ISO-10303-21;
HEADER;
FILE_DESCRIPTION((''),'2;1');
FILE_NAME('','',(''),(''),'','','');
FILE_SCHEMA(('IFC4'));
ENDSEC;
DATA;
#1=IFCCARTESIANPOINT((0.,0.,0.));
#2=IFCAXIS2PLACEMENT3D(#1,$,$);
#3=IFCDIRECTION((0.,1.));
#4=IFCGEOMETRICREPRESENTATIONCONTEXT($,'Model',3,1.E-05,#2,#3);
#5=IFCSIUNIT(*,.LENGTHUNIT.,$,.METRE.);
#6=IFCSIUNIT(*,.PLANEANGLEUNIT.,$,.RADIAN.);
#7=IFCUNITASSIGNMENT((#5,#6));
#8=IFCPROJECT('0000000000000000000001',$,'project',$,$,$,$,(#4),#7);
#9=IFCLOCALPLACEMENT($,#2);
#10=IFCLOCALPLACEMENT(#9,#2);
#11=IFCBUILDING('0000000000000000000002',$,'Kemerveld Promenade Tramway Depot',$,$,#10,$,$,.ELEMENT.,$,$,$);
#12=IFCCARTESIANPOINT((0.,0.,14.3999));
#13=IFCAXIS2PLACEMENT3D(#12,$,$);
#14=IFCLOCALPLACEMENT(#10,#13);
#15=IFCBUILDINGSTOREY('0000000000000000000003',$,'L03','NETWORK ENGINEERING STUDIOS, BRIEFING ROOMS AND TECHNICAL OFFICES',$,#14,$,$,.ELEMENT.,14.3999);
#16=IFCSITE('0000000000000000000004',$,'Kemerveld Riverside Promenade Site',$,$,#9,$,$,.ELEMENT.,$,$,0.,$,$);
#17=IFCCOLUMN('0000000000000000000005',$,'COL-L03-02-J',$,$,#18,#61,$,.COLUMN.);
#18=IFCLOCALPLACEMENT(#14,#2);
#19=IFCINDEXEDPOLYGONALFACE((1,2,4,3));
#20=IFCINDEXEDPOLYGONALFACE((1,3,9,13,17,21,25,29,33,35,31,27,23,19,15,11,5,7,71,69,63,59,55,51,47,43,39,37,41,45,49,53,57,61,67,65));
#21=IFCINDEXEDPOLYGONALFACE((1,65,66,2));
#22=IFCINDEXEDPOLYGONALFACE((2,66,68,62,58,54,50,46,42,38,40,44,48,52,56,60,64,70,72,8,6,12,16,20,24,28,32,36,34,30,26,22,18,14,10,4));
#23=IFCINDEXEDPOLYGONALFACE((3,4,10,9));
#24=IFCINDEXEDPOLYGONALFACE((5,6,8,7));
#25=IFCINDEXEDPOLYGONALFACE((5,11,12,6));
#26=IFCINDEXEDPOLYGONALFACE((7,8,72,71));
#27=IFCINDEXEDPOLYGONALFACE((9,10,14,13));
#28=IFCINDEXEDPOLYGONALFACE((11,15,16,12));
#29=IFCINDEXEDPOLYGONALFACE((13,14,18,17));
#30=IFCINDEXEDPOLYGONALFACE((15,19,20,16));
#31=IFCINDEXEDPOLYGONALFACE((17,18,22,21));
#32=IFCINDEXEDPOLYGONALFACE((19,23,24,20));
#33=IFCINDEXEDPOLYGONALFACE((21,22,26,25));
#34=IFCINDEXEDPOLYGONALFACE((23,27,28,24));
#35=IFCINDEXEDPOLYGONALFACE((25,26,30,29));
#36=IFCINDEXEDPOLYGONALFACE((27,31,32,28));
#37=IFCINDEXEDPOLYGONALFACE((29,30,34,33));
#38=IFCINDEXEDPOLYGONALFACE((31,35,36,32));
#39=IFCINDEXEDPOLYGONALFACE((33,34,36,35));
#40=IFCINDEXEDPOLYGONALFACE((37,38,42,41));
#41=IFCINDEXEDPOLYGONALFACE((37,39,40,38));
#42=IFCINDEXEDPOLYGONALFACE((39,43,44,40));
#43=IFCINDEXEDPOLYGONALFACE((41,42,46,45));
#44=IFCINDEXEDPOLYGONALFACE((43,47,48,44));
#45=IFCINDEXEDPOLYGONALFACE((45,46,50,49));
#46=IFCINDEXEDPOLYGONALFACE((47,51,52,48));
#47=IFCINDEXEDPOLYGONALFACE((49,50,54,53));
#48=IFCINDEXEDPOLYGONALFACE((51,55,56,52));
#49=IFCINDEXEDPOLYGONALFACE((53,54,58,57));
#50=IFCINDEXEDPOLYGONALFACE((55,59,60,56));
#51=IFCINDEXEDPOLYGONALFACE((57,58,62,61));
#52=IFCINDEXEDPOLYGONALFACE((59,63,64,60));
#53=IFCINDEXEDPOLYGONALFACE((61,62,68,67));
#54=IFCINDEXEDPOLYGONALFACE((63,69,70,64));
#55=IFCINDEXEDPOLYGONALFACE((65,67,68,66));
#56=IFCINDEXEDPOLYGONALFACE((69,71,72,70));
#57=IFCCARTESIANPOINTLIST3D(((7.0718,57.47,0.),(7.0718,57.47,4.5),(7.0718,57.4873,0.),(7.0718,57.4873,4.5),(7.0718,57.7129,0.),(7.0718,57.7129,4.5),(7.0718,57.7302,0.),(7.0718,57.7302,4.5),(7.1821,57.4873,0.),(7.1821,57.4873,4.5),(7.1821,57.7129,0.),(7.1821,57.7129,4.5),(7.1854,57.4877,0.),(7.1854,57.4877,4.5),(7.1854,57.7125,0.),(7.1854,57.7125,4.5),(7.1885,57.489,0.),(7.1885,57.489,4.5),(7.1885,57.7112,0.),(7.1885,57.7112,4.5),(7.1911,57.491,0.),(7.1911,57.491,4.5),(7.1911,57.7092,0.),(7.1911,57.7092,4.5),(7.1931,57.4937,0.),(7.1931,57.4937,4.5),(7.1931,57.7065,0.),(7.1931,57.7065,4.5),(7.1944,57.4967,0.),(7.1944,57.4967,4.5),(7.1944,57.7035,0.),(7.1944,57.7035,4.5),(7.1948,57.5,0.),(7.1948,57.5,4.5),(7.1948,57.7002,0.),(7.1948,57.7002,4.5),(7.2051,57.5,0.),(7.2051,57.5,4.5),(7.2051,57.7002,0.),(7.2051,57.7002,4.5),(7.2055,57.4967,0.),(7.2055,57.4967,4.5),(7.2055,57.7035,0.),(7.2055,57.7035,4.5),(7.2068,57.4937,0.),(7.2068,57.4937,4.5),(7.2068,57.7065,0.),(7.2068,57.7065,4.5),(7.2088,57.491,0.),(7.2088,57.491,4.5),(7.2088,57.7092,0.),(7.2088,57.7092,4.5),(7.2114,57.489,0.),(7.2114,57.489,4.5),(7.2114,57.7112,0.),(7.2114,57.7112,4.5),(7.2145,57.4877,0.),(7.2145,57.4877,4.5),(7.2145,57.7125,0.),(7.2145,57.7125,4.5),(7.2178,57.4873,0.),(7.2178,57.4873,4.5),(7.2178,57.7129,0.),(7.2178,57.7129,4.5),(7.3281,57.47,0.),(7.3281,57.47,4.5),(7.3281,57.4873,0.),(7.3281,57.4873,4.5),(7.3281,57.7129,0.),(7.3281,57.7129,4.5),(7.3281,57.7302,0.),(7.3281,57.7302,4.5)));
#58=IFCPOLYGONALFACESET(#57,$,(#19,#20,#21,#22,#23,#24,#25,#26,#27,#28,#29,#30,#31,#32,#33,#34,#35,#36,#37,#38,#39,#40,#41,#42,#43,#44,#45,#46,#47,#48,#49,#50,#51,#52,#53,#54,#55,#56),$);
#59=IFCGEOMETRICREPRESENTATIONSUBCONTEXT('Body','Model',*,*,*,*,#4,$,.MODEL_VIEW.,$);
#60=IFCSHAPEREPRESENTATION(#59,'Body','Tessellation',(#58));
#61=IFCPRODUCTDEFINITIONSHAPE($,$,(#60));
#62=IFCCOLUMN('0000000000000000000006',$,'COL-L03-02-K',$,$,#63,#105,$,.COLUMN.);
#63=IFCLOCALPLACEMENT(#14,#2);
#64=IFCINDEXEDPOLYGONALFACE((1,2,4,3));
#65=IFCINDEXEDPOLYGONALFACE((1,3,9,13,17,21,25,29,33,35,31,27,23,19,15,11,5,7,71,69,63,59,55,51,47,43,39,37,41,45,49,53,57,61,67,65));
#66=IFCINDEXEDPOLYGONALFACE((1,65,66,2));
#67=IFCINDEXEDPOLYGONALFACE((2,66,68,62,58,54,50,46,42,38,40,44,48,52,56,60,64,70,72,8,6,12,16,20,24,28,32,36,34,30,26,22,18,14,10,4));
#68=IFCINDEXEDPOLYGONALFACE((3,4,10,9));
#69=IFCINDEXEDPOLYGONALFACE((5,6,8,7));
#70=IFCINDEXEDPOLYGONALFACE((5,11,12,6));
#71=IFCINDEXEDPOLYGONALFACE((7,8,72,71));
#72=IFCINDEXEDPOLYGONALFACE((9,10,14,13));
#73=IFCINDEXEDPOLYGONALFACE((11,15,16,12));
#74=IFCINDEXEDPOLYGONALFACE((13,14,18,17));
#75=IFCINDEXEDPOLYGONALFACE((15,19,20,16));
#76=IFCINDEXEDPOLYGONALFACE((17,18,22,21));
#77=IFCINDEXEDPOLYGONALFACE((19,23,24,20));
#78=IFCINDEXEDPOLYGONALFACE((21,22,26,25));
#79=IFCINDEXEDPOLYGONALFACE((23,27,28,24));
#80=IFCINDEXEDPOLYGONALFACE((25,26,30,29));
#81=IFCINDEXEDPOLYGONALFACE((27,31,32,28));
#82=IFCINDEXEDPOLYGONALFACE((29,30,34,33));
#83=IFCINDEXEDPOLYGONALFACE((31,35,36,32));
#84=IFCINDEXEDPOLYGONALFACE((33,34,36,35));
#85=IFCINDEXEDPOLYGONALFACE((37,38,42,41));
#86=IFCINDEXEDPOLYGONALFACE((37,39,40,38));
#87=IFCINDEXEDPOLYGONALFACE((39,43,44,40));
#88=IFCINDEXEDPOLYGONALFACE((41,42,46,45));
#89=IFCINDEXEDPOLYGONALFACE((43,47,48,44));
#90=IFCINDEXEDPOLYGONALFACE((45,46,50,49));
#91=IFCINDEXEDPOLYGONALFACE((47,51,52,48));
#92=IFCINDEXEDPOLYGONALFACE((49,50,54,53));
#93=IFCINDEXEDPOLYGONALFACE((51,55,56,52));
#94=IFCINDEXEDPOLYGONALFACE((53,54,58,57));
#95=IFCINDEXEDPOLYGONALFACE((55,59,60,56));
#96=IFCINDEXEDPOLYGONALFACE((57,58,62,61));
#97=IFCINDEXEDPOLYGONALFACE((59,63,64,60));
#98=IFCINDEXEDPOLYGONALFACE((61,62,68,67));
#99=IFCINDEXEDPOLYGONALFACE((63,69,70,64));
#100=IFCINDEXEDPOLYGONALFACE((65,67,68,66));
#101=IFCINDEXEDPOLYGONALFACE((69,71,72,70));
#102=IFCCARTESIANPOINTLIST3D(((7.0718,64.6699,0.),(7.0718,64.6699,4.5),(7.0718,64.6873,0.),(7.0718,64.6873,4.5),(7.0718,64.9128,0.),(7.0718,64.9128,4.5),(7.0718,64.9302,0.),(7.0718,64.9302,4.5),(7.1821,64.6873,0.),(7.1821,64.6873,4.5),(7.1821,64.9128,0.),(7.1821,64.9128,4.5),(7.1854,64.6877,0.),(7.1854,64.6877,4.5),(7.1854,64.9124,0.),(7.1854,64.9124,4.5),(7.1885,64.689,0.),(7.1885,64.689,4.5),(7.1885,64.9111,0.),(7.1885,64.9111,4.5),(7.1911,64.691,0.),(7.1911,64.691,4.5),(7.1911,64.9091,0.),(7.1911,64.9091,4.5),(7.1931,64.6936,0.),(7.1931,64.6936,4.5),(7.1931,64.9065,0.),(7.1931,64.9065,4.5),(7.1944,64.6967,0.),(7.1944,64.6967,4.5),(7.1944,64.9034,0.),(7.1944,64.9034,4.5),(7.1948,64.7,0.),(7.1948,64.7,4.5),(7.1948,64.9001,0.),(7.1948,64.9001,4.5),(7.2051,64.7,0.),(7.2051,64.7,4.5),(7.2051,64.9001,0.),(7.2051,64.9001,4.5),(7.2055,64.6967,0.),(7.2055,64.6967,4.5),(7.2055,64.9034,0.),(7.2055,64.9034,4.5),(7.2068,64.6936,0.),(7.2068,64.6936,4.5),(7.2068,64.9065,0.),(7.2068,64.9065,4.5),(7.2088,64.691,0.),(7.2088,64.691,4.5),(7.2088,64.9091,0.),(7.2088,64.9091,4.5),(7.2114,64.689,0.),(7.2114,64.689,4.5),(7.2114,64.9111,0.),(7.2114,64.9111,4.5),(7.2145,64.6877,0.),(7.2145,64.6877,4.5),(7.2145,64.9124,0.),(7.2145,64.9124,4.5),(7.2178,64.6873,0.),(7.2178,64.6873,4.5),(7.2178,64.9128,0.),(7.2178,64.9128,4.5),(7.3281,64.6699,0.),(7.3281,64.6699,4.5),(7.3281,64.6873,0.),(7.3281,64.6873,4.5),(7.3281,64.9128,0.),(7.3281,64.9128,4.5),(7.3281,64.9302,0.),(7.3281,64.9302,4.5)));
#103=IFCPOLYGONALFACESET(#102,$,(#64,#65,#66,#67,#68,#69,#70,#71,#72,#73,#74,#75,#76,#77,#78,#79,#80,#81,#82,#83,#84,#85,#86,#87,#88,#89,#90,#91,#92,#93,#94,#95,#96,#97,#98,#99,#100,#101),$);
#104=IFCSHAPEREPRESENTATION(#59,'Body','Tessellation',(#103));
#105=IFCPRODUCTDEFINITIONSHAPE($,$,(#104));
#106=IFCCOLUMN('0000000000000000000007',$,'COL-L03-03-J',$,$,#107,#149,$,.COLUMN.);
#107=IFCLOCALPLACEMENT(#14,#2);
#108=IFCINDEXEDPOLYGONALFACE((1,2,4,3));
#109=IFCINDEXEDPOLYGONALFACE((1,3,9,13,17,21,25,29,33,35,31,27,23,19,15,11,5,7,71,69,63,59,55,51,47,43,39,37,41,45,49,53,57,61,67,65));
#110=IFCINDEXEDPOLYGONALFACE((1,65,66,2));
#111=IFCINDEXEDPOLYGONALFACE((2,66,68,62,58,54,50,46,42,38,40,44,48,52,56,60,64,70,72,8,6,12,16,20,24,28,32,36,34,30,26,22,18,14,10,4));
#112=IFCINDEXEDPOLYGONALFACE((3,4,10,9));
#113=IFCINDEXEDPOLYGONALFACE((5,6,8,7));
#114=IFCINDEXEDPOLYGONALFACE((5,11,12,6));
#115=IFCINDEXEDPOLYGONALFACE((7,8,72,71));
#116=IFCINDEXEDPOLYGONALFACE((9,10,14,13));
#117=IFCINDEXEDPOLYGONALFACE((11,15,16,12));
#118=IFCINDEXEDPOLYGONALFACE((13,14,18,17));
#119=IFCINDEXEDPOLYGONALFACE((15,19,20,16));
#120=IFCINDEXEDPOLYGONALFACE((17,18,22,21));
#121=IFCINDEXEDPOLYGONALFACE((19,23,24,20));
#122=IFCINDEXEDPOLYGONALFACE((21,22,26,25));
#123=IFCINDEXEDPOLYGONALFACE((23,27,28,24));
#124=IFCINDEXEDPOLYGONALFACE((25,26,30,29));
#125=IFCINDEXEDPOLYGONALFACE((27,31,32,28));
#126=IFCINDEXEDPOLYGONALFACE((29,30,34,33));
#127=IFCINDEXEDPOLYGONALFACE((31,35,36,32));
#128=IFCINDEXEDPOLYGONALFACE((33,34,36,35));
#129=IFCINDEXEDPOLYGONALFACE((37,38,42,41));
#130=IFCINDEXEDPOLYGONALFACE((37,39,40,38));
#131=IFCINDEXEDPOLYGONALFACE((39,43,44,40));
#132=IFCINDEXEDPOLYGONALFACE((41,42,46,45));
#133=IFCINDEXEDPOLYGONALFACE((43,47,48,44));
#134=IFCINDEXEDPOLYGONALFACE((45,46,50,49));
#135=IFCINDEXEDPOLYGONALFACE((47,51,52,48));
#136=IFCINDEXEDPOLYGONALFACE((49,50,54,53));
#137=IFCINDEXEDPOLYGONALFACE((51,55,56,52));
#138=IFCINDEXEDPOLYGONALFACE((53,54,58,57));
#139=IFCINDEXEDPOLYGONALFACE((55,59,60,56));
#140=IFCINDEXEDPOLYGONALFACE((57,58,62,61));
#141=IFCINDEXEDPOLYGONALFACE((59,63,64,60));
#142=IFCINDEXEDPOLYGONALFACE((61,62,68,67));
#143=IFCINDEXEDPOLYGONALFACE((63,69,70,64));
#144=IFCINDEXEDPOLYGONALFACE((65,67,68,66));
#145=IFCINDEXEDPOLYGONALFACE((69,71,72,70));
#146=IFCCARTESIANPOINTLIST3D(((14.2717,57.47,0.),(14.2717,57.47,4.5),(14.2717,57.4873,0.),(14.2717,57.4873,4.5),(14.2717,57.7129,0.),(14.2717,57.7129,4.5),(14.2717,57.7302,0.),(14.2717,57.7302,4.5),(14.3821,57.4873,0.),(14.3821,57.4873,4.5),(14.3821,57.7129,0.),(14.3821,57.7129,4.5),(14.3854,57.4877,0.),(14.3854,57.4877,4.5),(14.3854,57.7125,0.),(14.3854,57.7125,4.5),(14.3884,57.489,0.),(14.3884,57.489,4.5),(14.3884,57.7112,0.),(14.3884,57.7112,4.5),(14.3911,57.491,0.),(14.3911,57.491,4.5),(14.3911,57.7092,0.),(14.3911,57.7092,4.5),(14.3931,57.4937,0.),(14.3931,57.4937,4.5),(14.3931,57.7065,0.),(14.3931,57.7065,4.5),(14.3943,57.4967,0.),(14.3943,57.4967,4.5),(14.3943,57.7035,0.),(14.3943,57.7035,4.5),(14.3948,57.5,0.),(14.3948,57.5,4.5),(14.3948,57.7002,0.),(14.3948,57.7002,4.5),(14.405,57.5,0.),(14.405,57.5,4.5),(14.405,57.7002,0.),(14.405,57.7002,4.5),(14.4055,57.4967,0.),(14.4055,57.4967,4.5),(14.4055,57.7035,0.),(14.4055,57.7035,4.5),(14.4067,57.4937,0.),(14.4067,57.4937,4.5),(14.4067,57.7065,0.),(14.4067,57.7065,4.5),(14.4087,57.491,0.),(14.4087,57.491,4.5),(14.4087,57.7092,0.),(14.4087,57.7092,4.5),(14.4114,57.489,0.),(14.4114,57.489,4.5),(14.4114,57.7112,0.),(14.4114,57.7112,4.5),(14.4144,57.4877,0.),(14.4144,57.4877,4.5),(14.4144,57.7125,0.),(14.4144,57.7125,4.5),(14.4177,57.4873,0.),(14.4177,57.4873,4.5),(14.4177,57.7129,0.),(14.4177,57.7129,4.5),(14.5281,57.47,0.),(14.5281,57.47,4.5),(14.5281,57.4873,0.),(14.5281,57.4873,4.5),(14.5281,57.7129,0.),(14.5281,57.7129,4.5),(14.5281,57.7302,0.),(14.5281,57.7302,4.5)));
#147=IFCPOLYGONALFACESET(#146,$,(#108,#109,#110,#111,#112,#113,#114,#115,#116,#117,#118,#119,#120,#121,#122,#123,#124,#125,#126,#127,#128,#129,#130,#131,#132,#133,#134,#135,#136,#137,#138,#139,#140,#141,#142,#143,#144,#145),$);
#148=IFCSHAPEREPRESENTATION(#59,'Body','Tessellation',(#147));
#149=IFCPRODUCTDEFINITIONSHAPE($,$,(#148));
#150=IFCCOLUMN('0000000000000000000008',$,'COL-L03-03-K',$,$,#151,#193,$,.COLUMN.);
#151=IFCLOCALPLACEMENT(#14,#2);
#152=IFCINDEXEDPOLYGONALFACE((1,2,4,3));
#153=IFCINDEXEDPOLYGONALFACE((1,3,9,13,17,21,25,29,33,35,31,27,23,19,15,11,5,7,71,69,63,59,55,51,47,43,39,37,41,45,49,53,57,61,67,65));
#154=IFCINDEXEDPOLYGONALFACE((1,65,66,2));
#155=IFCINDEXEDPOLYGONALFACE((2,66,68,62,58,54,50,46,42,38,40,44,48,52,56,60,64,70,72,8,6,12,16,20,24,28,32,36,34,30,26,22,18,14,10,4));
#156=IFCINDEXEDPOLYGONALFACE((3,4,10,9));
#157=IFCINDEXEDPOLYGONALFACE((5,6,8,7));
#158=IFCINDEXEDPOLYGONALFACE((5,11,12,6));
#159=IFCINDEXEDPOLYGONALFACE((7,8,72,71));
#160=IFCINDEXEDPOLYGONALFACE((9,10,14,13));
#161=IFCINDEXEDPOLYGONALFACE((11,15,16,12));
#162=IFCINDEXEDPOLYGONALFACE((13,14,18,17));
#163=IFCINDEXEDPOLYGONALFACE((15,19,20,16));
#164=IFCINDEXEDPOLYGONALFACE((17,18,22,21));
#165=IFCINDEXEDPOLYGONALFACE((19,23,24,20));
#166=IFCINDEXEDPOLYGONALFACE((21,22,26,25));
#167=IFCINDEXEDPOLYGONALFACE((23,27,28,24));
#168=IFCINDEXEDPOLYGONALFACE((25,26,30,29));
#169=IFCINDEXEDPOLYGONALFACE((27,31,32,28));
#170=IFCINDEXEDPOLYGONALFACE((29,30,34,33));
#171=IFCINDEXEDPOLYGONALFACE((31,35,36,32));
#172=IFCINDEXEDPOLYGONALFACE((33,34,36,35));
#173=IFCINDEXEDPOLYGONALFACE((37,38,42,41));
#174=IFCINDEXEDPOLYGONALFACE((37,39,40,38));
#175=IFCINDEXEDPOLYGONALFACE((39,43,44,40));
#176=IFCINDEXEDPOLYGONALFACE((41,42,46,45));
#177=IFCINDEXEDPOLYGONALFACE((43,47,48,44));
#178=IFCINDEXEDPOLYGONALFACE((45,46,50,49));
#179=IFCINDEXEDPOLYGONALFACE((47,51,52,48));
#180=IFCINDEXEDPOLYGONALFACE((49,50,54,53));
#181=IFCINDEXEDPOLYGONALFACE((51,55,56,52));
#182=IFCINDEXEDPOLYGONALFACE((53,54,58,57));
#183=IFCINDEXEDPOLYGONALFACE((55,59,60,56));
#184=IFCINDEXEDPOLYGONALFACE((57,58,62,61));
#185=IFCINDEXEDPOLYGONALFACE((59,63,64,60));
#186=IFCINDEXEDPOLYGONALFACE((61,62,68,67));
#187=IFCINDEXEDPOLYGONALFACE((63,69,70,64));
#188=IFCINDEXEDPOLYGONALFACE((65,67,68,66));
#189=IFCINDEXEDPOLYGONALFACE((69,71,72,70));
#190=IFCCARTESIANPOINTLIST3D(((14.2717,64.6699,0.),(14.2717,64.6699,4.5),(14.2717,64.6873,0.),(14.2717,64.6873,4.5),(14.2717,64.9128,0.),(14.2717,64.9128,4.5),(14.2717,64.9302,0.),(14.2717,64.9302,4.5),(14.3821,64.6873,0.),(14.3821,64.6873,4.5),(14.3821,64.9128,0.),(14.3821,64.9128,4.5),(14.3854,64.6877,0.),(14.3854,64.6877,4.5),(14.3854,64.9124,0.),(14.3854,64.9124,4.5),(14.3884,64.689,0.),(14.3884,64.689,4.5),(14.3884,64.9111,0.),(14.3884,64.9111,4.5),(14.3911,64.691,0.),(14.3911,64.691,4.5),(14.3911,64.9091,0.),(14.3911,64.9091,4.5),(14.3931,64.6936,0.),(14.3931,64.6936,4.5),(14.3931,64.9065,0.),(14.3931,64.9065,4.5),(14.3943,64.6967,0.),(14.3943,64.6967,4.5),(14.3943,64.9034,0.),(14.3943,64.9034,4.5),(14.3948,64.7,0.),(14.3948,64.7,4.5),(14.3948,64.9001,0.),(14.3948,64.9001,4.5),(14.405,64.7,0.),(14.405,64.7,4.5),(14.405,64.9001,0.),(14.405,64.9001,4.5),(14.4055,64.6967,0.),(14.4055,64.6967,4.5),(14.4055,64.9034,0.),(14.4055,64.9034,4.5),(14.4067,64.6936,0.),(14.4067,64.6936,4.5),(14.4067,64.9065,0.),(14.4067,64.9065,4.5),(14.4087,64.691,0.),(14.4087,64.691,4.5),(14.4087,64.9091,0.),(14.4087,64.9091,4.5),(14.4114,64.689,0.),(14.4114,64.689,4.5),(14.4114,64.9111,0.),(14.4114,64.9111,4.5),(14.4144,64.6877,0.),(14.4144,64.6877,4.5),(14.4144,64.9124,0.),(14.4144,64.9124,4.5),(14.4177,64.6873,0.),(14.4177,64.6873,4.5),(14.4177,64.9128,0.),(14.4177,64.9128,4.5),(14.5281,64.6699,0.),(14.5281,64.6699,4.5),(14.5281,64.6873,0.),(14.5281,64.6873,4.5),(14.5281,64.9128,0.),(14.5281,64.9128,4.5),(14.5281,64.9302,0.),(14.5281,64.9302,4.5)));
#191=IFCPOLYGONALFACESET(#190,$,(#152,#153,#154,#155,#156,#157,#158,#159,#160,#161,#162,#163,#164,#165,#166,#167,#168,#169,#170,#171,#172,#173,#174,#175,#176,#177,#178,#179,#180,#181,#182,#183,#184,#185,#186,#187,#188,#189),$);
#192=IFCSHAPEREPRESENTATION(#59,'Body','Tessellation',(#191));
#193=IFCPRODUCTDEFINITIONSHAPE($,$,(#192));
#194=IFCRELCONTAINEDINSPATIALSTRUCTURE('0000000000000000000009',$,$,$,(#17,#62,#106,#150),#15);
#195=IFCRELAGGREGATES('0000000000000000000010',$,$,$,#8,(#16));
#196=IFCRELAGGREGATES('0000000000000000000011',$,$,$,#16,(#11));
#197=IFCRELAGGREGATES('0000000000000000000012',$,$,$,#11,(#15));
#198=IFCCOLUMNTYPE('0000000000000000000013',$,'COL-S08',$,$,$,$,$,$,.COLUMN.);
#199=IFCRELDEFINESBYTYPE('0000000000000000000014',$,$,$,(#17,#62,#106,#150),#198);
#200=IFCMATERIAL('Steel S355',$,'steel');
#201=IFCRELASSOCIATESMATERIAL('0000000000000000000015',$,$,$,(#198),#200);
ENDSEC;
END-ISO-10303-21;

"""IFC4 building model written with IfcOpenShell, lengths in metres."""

from ifc_helpers import new_model, si_unit, direction, frame, origin, origin_2d, place, context, subcontext, project, spatial, i_section, extrude, material, material_profile, profile_set, type_object, element, save


model = new_model("IFC4")

# Units and contexts
model_context = context("Model", 3, precision=1e-05, world=origin(), true_north=direction((0.0, 1.0)))
body_context = subcontext(model_context, "Body", "Model", "MODEL_VIEW")
ifc_project = project(units=[si_unit("LENGTHUNIT", "METRE"), si_unit("PLANEANGLEUNIT", "RADIAN")], contexts=[model_context])

# Site, building, storey
site_placement = place(None, origin())
site = spatial("IfcSite", under=ifc_project, at=site_placement, Name="Kemerveld Riverside Promenade Site", CompositionType="ELEMENT", RefElevation=0.0)
building_placement = place(site_placement, origin())
building = spatial("IfcBuilding", under=site, at=building_placement, Name="Kemerveld Promenade Tramway Depot", CompositionType="ELEMENT")
storey_placement = place(building_placement, frame((0.0, 0.0, 14.3999)))
storey = spatial("IfcBuildingStorey", under=building, at=storey_placement, Name="L03", Description="NETWORK ENGINEERING STUDIOS, BRIEFING ROOMS AND TECHNICAL OFFICES", CompositionType="ELEMENT", Elevation=14.3999)

# Columns
ifc_material_1 = material(Name="Steel S355", Category="steel")
ifc_material_profile_1 = material_profile(ifc_material_1, i_section(OverallWidth=0.2563, OverallDepth=0.2603, WebThickness=0.0103, FlangeThickness=0.0173, FilletRadius=0.0127, at=origin_2d()), Name="254x254x89 UC")
ifc_profile_set_1 = profile_set([ifc_material_profile_1], Name="Steel S355")
column_type = type_object("IfcColumnType", Name="COL-S08", PredefinedType="COLUMN", material=ifc_profile_set_1)
for number, where, z_axis, x_axis, name in (
    (1, (7.2, 57.6001, 0.0), (0.0, 0.0, 1.0), (1.0, 0.0, 0.0), "COL-L03-02-J"),
    (2, (7.2, 64.8, 0.0), (0.0, 0.0, 1.0), (1.0, 0.0, 0.0), "COL-L03-02-K"),
    (3, (14.3999, 57.6001, 0.0), (0.0, 0.0, 1.0), (1.0, 0.0, 0.0), "COL-L03-03-J"),
    (4, (14.3999, 64.8, 0.0), (0.0, 0.0, 1.0), (1.0, 0.0, 0.0), "COL-L03-03-K"),
):
    element("IfcColumn", number, at=place(storey_placement, frame(where, z_axis=z_axis, x_axis=x_axis)), inside=storey, type_object=column_type, Name=name, PredefinedType="COLUMN", context=body_context, shape_type="SweptSolid", body=[
        extrude(i_section(OverallWidth=0.2563, OverallDepth=0.2603, WebThickness=0.0103, FlangeThickness=0.0173, FilletRadius=0.0127, at=origin_2d()), origin(), (0.0, 0.0, 1.0), 4.5),
    ])

save(model, "model.ifc")
